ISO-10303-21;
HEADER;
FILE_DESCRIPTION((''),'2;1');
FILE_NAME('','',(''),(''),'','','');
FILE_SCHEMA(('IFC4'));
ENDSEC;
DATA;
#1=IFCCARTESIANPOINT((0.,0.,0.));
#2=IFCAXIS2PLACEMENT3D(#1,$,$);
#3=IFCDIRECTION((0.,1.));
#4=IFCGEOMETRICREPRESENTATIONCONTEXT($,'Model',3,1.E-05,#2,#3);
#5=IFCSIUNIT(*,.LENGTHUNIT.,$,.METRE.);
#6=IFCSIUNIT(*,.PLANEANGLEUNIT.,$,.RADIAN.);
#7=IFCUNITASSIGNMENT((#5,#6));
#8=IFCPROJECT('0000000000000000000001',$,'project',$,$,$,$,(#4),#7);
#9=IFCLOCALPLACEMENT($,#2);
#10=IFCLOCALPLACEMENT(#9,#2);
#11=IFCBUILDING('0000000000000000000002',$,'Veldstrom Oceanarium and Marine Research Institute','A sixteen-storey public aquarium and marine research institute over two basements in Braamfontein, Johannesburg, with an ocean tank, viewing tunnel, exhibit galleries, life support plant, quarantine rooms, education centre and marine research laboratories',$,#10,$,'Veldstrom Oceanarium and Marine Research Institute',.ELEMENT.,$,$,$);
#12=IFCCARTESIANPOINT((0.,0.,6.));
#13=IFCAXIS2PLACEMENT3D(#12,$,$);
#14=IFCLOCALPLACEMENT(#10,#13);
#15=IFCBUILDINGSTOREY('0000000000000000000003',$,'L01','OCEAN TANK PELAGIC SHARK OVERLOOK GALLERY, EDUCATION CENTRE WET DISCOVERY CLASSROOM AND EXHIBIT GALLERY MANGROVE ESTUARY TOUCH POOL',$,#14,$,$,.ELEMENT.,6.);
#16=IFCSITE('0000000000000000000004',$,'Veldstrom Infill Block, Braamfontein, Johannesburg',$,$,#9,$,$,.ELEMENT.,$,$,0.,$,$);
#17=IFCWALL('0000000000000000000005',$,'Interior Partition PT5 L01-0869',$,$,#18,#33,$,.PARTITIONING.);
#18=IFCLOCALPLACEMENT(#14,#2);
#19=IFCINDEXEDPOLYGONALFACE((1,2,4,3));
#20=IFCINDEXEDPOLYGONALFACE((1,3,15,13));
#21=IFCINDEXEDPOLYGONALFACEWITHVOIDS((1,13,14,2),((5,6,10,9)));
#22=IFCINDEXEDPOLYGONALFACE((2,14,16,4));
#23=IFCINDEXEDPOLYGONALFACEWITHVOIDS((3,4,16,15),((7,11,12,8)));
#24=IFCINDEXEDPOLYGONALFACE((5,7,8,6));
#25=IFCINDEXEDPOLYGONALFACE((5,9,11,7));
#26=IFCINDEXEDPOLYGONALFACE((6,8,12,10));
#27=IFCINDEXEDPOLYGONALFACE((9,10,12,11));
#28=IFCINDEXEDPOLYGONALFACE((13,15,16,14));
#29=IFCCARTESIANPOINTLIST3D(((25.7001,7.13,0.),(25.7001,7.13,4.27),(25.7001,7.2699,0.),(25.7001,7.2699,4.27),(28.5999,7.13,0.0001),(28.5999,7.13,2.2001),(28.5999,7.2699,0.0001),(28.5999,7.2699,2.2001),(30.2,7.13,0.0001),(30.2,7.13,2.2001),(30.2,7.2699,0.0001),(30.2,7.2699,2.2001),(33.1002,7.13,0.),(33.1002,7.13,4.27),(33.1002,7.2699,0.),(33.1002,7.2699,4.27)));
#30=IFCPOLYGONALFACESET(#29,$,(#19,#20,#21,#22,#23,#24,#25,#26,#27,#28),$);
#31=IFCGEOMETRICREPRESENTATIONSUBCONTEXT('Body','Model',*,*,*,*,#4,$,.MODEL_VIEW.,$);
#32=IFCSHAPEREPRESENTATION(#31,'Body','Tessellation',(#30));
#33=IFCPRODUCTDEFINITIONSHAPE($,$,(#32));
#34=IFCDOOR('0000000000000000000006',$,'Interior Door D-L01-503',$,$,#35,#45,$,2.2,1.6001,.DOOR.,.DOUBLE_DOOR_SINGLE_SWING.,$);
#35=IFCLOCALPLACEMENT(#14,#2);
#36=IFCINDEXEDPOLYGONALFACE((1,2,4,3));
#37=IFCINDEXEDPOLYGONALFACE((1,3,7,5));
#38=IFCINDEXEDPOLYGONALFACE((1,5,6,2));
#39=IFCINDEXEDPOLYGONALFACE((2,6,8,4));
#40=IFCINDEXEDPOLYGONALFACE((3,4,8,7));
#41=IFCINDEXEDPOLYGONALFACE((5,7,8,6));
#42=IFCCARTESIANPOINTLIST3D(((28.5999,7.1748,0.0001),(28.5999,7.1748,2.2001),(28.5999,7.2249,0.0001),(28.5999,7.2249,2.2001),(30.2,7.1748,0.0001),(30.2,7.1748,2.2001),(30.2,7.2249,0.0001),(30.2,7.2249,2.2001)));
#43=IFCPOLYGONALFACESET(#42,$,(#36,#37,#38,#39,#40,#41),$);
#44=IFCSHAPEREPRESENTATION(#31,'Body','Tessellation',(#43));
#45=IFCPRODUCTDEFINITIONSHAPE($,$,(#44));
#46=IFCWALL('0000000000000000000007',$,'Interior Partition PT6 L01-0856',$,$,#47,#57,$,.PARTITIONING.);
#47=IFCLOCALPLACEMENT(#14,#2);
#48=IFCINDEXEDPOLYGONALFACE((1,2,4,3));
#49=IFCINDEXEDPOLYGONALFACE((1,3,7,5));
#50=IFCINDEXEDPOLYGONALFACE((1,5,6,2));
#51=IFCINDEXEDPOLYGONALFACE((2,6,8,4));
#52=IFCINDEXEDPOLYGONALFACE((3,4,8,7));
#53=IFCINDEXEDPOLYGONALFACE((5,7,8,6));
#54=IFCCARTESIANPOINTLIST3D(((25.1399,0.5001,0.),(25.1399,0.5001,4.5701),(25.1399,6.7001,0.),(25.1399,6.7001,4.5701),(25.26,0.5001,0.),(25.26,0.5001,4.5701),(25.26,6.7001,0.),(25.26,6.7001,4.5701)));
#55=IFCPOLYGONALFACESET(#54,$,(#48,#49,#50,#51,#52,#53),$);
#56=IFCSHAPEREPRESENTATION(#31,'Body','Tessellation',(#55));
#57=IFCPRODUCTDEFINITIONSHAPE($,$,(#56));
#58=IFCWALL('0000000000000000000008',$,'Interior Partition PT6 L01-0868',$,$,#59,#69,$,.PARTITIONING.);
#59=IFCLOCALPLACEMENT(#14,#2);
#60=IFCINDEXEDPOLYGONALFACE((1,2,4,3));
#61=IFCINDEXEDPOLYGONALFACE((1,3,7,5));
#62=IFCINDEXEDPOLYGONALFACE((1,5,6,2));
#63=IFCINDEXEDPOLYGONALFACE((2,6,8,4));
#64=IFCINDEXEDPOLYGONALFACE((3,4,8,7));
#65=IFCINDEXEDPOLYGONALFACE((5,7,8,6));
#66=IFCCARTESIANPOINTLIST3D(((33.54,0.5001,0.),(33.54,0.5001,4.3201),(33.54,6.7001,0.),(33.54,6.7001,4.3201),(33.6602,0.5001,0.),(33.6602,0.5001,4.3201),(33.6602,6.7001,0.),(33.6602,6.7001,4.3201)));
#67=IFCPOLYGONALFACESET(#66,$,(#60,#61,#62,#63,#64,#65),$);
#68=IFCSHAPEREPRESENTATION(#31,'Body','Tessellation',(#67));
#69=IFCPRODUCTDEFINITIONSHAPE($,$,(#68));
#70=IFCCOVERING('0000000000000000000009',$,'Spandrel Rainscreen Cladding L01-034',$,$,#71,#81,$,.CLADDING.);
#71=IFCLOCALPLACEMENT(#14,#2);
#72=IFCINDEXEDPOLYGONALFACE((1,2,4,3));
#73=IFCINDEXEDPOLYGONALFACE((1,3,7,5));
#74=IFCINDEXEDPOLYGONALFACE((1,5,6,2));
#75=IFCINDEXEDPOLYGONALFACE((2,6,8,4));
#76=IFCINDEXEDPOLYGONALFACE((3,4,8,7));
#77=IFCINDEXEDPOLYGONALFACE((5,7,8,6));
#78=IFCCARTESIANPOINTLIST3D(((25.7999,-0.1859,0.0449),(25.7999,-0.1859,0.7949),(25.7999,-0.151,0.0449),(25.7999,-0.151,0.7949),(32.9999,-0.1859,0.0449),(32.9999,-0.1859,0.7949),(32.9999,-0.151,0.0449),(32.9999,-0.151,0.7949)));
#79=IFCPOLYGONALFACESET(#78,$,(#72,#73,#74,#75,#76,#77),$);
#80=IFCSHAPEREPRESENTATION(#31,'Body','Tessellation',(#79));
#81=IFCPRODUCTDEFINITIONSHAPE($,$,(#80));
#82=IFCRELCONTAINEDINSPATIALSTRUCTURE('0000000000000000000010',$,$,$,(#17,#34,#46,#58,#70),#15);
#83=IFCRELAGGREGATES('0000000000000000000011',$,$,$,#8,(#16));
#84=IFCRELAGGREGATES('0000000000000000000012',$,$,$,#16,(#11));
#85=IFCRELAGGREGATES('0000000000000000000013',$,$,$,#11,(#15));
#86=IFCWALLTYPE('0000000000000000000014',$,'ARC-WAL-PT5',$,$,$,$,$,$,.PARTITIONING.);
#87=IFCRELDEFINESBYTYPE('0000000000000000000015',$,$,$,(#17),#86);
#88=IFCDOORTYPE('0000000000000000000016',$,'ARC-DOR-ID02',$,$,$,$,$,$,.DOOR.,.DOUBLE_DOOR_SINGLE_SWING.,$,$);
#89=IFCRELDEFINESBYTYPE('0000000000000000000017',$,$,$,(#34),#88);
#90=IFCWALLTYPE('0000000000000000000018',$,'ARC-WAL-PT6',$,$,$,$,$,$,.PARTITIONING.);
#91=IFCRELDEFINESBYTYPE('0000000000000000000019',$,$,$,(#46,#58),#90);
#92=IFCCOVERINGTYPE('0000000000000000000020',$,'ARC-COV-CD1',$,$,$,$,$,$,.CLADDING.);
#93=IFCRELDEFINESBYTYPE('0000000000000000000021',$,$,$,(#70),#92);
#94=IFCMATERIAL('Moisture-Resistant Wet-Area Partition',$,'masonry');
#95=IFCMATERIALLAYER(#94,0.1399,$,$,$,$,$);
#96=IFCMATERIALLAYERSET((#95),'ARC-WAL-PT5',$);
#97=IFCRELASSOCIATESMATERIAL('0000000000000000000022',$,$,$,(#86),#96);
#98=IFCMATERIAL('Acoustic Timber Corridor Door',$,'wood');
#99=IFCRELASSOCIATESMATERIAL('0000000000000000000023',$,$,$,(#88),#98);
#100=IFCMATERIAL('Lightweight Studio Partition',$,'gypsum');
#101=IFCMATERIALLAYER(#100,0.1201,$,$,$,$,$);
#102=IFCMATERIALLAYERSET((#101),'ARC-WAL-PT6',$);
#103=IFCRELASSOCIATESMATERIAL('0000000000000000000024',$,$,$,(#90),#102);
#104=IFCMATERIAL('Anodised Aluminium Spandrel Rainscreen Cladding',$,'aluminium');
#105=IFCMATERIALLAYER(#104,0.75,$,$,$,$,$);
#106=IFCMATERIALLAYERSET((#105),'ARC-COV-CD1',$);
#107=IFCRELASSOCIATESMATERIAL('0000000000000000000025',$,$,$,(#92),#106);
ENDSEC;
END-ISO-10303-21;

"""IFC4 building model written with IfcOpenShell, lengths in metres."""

from ifc_helpers import new_model, si_unit, direction, frame, frame_2d, origin, origin_2d, place, context, subcontext, project, spatial, rectangle, extrude, material, layer, layer_set, type_object, element, fill, save


model = new_model("IFC4")

# Units and contexts
model_context = context("Model", 3, precision=1e-05, world=origin(), true_north=direction((0.0, 1.0)))
body_context = subcontext(model_context, "Body", "Model", "MODEL_VIEW")
ifc_project = project(units=[si_unit("LENGTHUNIT", "METRE"), si_unit("PLANEANGLEUNIT", "RADIAN")], contexts=[model_context])

# Site, building, storey
site_placement = place(None, origin())
site = spatial("IfcSite", under=ifc_project, at=site_placement, Name="Veldstrom Infill Block, Braamfontein, Johannesburg", CompositionType="ELEMENT", RefElevation=0.0)
building_placement = place(site_placement, origin())
building = spatial("IfcBuilding", under=site, at=building_placement, Name="Veldstrom Oceanarium and Marine Research Institute", Description="A sixteen-storey public aquarium and marine research institute over two basements in Braamfontein, Johannesburg, with an ocean tank, viewing tunnel, exhibit galleries, life support plant, quarantine rooms, education centre and marine research laboratories", LongName="Veldstrom Oceanarium and Marine Research Institute", CompositionType="ELEMENT")
storey_placement = place(building_placement, frame((0.0, 0.0, 6.0)))
storey = spatial("IfcBuildingStorey", under=building, at=storey_placement, Name="L01", Description="OCEAN TANK PELAGIC SHARK OVERLOOK GALLERY, EDUCATION CENTRE WET DISCOVERY CLASSROOM AND EXHIBIT GALLERY MANGROVE ESTUARY TOUCH POOL", CompositionType="ELEMENT", Elevation=6.0)

# Wall, opening, door
ifc_material_1 = material(Name="Moisture-Resistant Wet-Area Partition", Category="masonry")
ifc_layer_1 = layer(ifc_material_1, 0.1399)
ifc_layer_set_1 = layer_set([ifc_layer_1], Name="ARC-WAL-PT5")
wall_type_1 = type_object("IfcWallType", Name="ARC-WAL-PT5", PredefinedType="PARTITIONING", material=ifc_layer_set_1)
ifc_material_2 = material(Name="Acoustic Timber Corridor Door", Category="wood")
door_type_1 = type_object("IfcDoorType", Name="ARC-DOR-ID02", OperationType="DOUBLE_DOOR_SINGLE_SWING", PredefinedType="DOOR", material=ifc_material_2)
wall_1_placement = place(storey_placement, frame((25.7, 7.2, 0.0), z_axis=(0.0, 0.0, 1.0), x_axis=(1.0, 0.0, 0.0)))
wall_1 = element("IfcWall", 1, at=wall_1_placement, inside=storey, type_object=wall_type_1, Name="Interior Partition PT5 L01-0869", PredefinedType="PARTITIONING", context=body_context, shape_type="SweptSolid", body=[
    extrude(rectangle(XDim=7.4001, YDim=0.1399, at=frame_2d((3.7002, 0.0))), origin(), (0.0, 0.0, 1.0), 4.27),
])
opening_1_placement = place(wall_1_placement, frame((2.8999, 0.0, 0.0)))
opening_1 = element("IfcOpeningElement", 2, at=opening_1_placement, cuts=wall_1, PredefinedType="OPENING", context=body_context, shape_type="SweptSolid", body=[
    extrude(rectangle(XDim=1.6001, YDim=2.2, at=frame_2d((0.8, 1.1001))), frame((0.0, 0.0798, 0.0), z_axis=(0.0, -1.0, 0.0), x_axis=(1.0, 0.0, 0.0)), (0.0, 0.0, 1.0), 0.1599),
])
door_1_placement = place(opening_1_placement, origin())
door_1 = element("IfcDoor", 3, at=door_1_placement, inside=storey, type_object=door_type_1, Name="Interior Door D-L01-503", OperationType="DOUBLE_DOOR_SINGLE_SWING", OverallHeight=2.2, OverallWidth=1.6001, PredefinedType="DOOR", context=body_context, shape_type="SweptSolid", body=[
    extrude(rectangle(XDim=1.6001, YDim=2.2, at=frame_2d((0.8, 1.1001))), frame((0.0, 0.0249, 0.0), z_axis=(0.0, -1.0, 0.0), x_axis=(1.0, 0.0, 0.0)), (0.0, 0.0, 1.0), 0.05),
])
fill(opening_1, door_1)

# Walls
ifc_material_3 = material(Name="Lightweight Studio Partition", Category="gypsum")
ifc_layer_2 = layer(ifc_material_3, 0.1201)
ifc_layer_set_2 = layer_set([ifc_layer_2], Name="ARC-WAL-PT6")
wall_type_2 = type_object("IfcWallType", Name="ARC-WAL-PT6", PredefinedType="PARTITIONING", material=ifc_layer_set_2)
wall_2_placement = place(storey_placement, frame((25.2, 0.5, 0.0), z_axis=(0.0, 0.0, 1.0), x_axis=(0.0, 1.0, 0.0)))
element("IfcWall", 4, at=wall_2_placement, inside=storey, type_object=wall_type_2, Name="Interior Partition PT6 L01-0856", PredefinedType="PARTITIONING", context=body_context, shape_type="SweptSolid", body=[
    extrude(rectangle(XDim=6.2, YDim=0.1201, at=frame_2d((3.1001, 0.0))), origin(), (0.0, 0.0, 1.0), 4.5701),
])
wall_3_placement = place(storey_placement, frame((33.6001, 0.5, 0.0), z_axis=(0.0, 0.0, 1.0), x_axis=(0.0, 1.0, 0.0)))
element("IfcWall", 5, at=wall_3_placement, inside=storey, type_object=wall_type_2, Name="Interior Partition PT6 L01-0868", PredefinedType="PARTITIONING", context=body_context, shape_type="SweptSolid", body=[
    extrude(rectangle(XDim=6.2, YDim=0.1201, at=frame_2d((3.1001, 0.0))), origin(), (0.0, 0.0, 1.0), 4.3201),
])

# Covering
ifc_material_4 = material(Name="Anodised Aluminium Spandrel Rainscreen Cladding", Category="aluminium")
ifc_layer_3 = layer(ifc_material_4, 0.75)
ifc_layer_set_3 = layer_set([ifc_layer_3], Name="ARC-COV-CD1")
covering_type = type_object("IfcCoveringType", Name="ARC-COV-CD1", PredefinedType="CLADDING", material=ifc_layer_set_3)
covering_placement = place(storey_placement, frame((29.3999, -0.1685, 0.0449), z_axis=(0.0, 0.0, 1.0), x_axis=(1.0, 0.0, 0.0)))
element("IfcCovering", 6, at=covering_placement, inside=storey, type_object=covering_type, Name="Spandrel Rainscreen Cladding L01-034", PredefinedType="CLADDING", context=body_context, shape_type="SweptSolid", body=[
    extrude(rectangle(XDim=7.2, YDim=0.0349, at=origin_2d()), origin(), (0.0, 0.0, 1.0), 0.75),
])

save(model, "model.ifc")
